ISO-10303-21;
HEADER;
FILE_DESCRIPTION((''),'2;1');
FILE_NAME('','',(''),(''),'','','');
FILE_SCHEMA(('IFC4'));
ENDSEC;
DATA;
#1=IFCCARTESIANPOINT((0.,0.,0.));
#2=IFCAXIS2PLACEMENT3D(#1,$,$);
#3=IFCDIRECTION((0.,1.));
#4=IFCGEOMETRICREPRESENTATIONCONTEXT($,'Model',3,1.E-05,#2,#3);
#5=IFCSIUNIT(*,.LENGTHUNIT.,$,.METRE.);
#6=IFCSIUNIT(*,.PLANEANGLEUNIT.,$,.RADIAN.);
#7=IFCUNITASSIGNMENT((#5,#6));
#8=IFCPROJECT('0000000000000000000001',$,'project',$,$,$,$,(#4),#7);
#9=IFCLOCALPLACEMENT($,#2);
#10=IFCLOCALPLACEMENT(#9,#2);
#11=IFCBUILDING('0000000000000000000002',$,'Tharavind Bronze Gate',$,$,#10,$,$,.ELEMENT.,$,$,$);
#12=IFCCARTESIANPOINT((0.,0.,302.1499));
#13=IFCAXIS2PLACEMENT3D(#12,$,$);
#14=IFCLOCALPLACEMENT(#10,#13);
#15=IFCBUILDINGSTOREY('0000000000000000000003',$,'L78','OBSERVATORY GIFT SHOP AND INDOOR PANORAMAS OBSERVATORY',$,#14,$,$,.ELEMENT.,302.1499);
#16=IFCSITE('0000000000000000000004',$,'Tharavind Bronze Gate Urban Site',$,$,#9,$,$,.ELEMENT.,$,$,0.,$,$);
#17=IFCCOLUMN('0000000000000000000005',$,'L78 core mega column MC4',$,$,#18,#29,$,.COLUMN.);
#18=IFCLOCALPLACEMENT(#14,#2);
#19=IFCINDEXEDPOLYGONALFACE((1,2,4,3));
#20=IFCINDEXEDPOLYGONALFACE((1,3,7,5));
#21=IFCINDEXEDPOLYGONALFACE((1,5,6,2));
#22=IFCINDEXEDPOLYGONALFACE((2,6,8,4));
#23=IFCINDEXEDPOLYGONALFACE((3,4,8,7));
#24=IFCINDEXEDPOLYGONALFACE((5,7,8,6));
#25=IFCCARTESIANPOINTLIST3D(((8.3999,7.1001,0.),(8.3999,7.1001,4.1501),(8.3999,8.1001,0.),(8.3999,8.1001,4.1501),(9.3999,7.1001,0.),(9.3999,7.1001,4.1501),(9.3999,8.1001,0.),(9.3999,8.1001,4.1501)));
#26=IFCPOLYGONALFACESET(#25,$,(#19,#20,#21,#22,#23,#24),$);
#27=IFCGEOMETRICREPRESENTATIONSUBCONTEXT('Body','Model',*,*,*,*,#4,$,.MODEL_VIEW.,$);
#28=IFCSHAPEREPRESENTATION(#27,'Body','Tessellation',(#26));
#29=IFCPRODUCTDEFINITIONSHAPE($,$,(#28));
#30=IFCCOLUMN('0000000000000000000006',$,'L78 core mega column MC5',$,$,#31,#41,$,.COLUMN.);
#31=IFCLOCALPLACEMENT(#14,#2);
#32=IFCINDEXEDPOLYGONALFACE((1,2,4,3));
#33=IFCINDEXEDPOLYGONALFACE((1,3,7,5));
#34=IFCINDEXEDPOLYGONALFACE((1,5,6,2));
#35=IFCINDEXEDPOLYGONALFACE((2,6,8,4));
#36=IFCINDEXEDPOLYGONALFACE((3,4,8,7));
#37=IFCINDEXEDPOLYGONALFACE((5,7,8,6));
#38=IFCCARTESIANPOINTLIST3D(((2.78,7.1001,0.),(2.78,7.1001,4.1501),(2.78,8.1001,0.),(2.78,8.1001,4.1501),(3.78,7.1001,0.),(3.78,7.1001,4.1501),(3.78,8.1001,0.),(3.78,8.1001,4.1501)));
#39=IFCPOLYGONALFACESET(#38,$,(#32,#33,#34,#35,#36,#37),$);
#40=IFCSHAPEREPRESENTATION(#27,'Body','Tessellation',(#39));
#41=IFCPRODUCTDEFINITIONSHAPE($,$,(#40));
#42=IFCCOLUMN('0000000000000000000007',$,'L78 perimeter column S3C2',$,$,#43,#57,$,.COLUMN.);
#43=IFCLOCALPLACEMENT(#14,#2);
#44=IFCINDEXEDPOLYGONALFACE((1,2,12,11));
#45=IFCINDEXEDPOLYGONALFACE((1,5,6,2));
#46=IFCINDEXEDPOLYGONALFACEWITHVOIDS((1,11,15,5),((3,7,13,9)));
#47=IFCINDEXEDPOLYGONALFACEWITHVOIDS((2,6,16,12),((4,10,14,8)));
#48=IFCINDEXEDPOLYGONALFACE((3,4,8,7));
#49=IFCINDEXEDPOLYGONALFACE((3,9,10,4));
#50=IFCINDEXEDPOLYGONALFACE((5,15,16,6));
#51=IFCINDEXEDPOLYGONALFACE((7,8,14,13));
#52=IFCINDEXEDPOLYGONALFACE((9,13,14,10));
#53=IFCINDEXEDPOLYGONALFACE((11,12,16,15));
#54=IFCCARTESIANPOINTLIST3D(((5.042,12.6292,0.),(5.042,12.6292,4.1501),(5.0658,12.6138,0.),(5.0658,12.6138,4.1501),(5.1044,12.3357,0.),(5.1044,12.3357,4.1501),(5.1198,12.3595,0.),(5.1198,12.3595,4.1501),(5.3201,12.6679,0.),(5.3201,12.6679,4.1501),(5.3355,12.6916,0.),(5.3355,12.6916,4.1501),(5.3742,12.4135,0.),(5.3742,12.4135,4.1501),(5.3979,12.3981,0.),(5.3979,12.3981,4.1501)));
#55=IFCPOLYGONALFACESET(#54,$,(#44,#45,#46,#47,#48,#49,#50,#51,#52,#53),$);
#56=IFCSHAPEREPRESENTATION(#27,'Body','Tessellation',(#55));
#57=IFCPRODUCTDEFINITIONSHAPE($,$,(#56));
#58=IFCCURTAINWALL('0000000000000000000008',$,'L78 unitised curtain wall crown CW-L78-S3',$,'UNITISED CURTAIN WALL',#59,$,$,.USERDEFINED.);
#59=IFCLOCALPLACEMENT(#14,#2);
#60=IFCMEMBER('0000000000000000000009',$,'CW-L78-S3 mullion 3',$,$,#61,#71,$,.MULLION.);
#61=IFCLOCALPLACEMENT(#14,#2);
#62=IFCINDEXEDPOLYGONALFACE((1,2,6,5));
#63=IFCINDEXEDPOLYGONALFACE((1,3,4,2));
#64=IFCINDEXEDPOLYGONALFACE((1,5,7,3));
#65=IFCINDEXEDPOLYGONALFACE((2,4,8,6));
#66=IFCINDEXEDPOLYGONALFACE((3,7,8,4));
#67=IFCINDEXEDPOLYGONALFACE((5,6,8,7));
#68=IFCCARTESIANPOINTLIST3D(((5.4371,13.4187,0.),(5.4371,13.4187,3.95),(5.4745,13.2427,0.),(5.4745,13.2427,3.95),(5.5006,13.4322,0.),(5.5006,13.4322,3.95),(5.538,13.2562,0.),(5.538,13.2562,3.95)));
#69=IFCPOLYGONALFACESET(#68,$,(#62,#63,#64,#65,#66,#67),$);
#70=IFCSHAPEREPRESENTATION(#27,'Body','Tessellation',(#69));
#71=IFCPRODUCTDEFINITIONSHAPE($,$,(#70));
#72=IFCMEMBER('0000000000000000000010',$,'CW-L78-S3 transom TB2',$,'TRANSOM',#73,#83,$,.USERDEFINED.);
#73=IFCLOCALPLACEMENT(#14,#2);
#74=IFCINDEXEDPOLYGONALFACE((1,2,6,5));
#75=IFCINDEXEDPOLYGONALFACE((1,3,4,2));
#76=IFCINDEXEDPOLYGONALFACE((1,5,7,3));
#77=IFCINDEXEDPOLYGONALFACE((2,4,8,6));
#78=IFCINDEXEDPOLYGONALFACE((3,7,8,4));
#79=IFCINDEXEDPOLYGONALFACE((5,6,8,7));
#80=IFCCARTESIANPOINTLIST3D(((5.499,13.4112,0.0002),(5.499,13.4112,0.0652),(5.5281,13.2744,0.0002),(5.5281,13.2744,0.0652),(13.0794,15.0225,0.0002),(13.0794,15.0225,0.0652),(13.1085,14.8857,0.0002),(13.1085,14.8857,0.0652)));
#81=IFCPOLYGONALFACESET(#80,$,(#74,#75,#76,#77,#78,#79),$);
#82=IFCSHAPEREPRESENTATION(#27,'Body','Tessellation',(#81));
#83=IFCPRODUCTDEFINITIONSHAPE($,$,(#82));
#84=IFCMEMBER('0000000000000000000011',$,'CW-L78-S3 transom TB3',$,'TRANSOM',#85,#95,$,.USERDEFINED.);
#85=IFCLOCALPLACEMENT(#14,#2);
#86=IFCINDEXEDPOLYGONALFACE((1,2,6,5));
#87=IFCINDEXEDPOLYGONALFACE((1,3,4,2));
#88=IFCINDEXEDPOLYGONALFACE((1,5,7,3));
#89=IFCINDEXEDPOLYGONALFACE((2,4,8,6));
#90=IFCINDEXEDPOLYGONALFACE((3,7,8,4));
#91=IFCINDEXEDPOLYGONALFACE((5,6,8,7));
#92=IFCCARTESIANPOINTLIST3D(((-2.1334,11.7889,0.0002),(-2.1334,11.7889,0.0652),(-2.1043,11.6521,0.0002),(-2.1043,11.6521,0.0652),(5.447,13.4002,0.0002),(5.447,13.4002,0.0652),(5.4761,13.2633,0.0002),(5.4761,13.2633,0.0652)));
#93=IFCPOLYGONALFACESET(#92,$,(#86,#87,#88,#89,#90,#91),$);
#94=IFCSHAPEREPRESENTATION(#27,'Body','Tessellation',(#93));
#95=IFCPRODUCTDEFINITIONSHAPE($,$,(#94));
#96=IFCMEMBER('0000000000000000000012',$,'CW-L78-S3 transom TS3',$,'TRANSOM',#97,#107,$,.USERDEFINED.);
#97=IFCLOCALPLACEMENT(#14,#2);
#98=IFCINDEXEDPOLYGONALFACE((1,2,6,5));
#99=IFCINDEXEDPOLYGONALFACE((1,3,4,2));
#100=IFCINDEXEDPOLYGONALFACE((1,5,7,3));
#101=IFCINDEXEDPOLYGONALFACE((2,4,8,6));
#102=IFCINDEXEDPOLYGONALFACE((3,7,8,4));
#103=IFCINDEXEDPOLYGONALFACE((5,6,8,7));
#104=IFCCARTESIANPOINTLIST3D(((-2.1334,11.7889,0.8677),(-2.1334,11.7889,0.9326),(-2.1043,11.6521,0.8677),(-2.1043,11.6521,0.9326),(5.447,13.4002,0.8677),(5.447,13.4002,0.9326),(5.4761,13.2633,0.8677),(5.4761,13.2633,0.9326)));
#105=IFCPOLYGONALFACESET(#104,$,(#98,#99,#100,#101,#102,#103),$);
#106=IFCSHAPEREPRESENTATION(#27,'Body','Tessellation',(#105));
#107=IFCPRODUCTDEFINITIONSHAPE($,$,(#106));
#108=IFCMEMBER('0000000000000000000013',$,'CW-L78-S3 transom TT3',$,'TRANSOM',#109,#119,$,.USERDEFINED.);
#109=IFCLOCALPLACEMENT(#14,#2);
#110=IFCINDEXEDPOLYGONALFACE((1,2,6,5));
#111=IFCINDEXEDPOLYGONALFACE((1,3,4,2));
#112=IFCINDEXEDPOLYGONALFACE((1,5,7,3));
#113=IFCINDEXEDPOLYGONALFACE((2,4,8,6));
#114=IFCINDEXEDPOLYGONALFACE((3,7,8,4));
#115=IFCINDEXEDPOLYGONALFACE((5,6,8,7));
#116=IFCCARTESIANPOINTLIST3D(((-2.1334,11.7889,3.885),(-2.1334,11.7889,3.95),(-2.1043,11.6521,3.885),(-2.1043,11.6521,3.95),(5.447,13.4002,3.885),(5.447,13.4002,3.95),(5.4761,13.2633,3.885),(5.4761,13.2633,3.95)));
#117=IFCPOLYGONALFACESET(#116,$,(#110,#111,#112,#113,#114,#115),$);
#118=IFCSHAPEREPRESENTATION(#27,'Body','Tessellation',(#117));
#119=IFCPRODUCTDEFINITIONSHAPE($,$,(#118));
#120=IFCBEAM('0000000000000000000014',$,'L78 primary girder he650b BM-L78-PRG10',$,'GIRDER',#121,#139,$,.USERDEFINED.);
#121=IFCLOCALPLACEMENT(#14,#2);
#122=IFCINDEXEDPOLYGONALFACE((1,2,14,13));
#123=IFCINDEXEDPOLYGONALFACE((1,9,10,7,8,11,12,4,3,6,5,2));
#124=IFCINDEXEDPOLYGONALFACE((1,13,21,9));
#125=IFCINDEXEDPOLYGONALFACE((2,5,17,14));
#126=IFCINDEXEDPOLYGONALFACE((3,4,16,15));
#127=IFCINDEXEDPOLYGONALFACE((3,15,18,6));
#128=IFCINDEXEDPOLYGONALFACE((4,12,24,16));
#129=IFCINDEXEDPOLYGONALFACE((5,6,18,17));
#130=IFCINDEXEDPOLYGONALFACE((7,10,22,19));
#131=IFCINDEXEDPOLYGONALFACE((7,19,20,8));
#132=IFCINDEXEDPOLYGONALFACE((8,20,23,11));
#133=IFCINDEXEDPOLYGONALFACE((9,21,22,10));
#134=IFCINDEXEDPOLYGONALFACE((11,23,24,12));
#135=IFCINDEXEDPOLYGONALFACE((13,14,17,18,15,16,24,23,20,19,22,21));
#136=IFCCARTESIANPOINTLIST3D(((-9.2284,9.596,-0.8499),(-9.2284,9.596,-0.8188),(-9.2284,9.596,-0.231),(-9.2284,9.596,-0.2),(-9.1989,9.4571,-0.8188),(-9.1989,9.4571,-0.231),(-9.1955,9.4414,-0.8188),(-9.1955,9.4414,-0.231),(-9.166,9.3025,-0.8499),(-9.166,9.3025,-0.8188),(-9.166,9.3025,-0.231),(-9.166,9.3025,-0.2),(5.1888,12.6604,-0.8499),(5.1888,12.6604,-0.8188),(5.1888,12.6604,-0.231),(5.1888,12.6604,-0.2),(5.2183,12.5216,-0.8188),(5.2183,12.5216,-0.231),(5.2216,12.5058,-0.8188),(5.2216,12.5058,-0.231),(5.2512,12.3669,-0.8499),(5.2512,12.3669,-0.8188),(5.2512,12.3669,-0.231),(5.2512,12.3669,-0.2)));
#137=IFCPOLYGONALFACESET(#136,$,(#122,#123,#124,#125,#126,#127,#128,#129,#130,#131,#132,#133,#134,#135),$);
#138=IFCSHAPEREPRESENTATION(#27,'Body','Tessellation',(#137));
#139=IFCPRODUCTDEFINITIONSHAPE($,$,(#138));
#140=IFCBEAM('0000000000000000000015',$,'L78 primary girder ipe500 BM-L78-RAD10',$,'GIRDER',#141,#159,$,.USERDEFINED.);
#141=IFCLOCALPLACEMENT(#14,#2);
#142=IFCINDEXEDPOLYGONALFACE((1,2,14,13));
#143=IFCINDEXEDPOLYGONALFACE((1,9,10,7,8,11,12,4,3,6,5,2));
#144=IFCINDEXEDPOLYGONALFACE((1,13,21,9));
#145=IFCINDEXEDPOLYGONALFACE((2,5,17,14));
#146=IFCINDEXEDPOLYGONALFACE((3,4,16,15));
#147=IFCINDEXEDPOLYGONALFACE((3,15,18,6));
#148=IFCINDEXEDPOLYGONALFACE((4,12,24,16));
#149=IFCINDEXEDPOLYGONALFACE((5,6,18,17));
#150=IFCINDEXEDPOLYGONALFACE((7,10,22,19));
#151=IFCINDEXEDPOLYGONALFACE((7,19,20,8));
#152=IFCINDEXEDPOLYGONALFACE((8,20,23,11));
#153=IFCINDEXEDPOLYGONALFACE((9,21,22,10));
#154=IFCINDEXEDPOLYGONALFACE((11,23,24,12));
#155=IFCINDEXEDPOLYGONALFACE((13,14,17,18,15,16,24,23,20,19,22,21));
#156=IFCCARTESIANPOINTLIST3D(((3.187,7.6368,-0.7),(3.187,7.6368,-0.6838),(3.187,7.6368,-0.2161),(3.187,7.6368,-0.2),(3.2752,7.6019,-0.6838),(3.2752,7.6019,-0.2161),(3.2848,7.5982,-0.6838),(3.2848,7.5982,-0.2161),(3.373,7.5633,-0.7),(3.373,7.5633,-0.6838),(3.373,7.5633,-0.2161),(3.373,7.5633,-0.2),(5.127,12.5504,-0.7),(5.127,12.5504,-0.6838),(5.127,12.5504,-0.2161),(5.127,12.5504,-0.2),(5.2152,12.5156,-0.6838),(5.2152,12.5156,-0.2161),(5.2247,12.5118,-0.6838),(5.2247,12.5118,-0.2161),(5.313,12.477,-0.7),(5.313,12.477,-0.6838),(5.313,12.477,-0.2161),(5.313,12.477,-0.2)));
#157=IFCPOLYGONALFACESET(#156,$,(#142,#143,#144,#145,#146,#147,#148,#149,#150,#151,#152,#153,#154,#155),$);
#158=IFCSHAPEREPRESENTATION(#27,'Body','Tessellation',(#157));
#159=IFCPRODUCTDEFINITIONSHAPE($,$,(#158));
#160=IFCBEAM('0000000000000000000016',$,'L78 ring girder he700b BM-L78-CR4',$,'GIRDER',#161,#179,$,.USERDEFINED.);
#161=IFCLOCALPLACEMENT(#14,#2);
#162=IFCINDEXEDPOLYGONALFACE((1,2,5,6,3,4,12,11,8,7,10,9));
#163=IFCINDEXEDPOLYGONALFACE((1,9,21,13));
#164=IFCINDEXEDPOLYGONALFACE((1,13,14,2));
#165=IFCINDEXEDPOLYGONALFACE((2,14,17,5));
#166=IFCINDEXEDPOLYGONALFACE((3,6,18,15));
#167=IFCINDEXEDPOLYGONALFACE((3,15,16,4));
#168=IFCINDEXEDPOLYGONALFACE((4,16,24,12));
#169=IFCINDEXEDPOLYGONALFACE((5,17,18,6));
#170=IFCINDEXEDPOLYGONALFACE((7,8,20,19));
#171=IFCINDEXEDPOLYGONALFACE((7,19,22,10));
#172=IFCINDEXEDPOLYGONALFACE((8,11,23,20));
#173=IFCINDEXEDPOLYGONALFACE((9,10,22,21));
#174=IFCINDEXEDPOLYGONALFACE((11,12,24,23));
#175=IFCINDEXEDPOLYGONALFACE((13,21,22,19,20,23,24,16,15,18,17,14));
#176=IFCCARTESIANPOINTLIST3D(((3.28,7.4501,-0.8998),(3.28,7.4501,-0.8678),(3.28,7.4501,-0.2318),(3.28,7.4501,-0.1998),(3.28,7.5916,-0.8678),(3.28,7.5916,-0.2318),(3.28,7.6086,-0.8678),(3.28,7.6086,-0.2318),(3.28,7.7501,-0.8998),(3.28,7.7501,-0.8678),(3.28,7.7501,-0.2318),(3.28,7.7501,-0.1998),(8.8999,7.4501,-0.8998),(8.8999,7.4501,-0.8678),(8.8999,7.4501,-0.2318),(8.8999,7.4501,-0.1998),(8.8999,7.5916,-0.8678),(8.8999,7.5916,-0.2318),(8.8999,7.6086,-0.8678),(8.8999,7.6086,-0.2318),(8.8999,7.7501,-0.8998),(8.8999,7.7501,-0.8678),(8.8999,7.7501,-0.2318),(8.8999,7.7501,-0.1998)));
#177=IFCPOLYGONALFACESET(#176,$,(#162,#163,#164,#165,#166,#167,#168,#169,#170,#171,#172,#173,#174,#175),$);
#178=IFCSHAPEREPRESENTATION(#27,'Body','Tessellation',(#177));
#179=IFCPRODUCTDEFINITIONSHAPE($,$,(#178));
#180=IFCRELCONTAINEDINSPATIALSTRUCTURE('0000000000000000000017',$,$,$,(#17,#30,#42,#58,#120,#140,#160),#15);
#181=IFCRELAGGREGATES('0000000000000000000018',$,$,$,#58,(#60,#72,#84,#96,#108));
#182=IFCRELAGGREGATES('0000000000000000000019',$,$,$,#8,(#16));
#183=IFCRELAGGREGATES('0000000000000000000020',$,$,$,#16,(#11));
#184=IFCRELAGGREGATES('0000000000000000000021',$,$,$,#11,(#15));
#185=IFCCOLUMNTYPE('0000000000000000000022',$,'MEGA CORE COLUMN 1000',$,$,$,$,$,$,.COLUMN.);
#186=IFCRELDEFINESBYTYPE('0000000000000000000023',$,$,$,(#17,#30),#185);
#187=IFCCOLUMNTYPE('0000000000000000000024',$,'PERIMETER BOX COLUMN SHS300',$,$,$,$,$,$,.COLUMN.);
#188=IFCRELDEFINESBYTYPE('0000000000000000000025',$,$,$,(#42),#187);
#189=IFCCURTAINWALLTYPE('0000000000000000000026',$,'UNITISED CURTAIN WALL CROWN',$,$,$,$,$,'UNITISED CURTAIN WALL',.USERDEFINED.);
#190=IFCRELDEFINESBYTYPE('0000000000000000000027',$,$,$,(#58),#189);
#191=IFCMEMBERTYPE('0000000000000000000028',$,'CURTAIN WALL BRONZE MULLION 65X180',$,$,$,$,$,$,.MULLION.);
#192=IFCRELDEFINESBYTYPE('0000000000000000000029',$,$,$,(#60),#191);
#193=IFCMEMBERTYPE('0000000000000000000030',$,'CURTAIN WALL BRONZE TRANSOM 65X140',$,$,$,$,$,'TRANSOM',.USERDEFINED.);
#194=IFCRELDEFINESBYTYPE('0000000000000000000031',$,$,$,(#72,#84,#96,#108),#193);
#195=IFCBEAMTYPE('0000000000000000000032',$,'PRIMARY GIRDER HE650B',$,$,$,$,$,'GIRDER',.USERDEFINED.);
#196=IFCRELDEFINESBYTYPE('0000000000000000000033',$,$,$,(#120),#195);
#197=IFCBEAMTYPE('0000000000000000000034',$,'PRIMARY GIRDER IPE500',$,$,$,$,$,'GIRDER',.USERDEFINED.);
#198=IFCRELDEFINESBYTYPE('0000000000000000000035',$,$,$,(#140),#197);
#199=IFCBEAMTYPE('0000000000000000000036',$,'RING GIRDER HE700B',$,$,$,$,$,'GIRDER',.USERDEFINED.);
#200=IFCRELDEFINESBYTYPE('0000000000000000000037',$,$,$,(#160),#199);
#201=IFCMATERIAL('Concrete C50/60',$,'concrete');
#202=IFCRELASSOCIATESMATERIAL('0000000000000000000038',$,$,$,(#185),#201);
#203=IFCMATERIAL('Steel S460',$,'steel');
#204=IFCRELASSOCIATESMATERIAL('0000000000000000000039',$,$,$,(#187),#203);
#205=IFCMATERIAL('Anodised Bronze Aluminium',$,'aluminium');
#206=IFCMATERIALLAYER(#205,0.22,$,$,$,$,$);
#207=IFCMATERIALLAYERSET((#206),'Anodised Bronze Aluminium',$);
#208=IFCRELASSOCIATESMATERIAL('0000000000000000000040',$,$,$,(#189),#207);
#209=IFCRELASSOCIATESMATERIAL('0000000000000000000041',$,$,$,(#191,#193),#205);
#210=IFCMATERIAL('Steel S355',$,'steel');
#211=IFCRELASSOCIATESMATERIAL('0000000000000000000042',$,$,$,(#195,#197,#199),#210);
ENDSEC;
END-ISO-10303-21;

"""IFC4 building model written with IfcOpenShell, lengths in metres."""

from ifc_helpers import new_model, si_unit, direction, frame, origin, origin_2d, place, context, subcontext, project, spatial, rectangle, hollow_rectangle, i_section, extrude, material, layer, layer_set, material_profile, profile_set, type_object, element, aggregate, save


model = new_model("IFC4")

# Units and contexts
model_context = context("Model", 3, precision=1e-05, world=origin(), true_north=direction((0.0, 1.0)))
body_context = subcontext(model_context, "Body", "Model", "MODEL_VIEW")
ifc_project = project(units=[si_unit("LENGTHUNIT", "METRE"), si_unit("PLANEANGLEUNIT", "RADIAN")], contexts=[model_context])

# Site, building, storey
site_placement = place(None, origin())
site = spatial("IfcSite", under=ifc_project, at=site_placement, Name="Tharavind Bronze Gate Urban Site", CompositionType="ELEMENT", RefElevation=0.0)
building_placement = place(site_placement, origin())
building = spatial("IfcBuilding", under=site, at=building_placement, Name="Tharavind Bronze Gate", CompositionType="ELEMENT")
storey_placement = place(building_placement, frame((0.0, 0.0, 302.1499)))
storey = spatial("IfcBuildingStorey", under=building, at=storey_placement, Name="L78", Description="OBSERVATORY GIFT SHOP AND INDOOR PANORAMAS OBSERVATORY", CompositionType="ELEMENT", Elevation=302.1499)

# Columns
ifc_material_1 = material(Name="Concrete C50/60", Category="concrete")
ifc_material_profile_1 = material_profile(ifc_material_1, rectangle(XDim=1.0, YDim=1.0, at=origin_2d()), Name="RCCOL1000")
ifc_profile_set_1 = profile_set([ifc_material_profile_1], Name="Concrete C50/60")
column_type_1 = type_object("IfcColumnType", Name="MEGA CORE COLUMN 1000", PredefinedType="COLUMN", material=ifc_profile_set_1)
for number, where, z_axis, x_axis, name in (
    (1, (8.8999, 7.6001, 0.0), (0.0, 0.0, 1.0), (1.0, 0.0, 0.0), "L78 core mega column MC4"),
    (2, (3.28, 7.6001, 0.0), (0.0, 0.0, 1.0), (1.0, 0.0, 0.0), "L78 core mega column MC5"),
):
    element("IfcColumn", number, at=place(storey_placement, frame(where, z_axis=z_axis, x_axis=x_axis)), inside=storey, type_object=column_type_1, Name=name, PredefinedType="COLUMN", context=body_context, shape_type="SweptSolid", body=[
        extrude(rectangle(XDim=1.0, YDim=1.0, at=origin_2d()), origin(), (0.0, 0.0, 1.0), 4.1501),
    ])
ifc_material_2 = material(Name="Steel S460", Category="steel")
ifc_material_profile_2 = material_profile(ifc_material_2, hollow_rectangle(XDim=0.3, YDim=0.3, WallThickness=0.02, at=origin_2d()), Name="SHS300X20")
ifc_profile_set_2 = profile_set([ifc_material_profile_2], Name="Steel S460")
column_type_2 = type_object("IfcColumnType", Name="PERIMETER BOX COLUMN SHS300", PredefinedType="COLUMN", material=ifc_profile_set_2)
column_placement = place(storey_placement, frame((5.22, 12.5137, 0.0), z_axis=(0.0, 0.0, 1.0), x_axis=(0.978147, 0.207913, 0.0)))
element("IfcColumn", 3, at=column_placement, inside=storey, type_object=column_type_2, Name="L78 perimeter column S3C2", PredefinedType="COLUMN", context=body_context, shape_type="SweptSolid", body=[
    extrude(hollow_rectangle(XDim=0.3, YDim=0.3, WallThickness=0.02, at=origin_2d()), origin(), (0.0, 0.0, 1.0), 4.1501),
])

# Curtain wall, members
ifc_material_3 = material(Name="Anodised Bronze Aluminium", Category="aluminium")
ifc_layer_1 = layer(ifc_material_3, 0.22)
ifc_layer_set_1 = layer_set([ifc_layer_1], Name="Anodised Bronze Aluminium")
curtain_wall_type = type_object("IfcCurtainWallType", Name="UNITISED CURTAIN WALL CROWN", ElementType="UNITISED CURTAIN WALL", PredefinedType="USERDEFINED", material=ifc_layer_set_1)
curtain_wall_placement = place(storey_placement, origin())
curtain_wall = element("IfcCurtainWall", 4, at=curtain_wall_placement, inside=storey, type_object=curtain_wall_type, Name="L78 unitised curtain wall crown CW-L78-S3", ObjectType="UNITISED CURTAIN WALL", PredefinedType="USERDEFINED")
member_type_1 = type_object("IfcMemberType", Name="CURTAIN WALL BRONZE MULLION 65X180", PredefinedType="MULLION", material=ifc_material_3)
member_1_placement = place(storey_placement, frame((5.4875, 13.3374, 0.0), z_axis=(0.0, 0.0, 1.0), x_axis=(-0.978147, -0.207913, 0.0)))
member_1 = element("IfcMember", 5, at=member_1_placement, type_object=member_type_1, Name="CW-L78-S3 mullion 3", PredefinedType="MULLION", context=body_context, shape_type="SweptSolid", body=[
    extrude(rectangle(XDim=0.0649, YDim=0.1799, at=origin_2d()), origin(), (0.0, 0.0, 1.0), 3.95),
])
member_type_2 = type_object("IfcMemberType", Name="CURTAIN WALL BRONZE TRANSOM 65X140", ElementType="TRANSOM", PredefinedType="USERDEFINED", material=ifc_material_3)
member_2_placement = place(storey_placement, frame((9.3037, 14.1484, 0.0002), z_axis=(0.0, 0.0, 1.0), x_axis=(-0.978147, -0.207913, 0.0)))
member_2 = element("IfcMember", 6, at=member_2_placement, type_object=member_type_2, Name="CW-L78-S3 transom TB2", ObjectType="TRANSOM", PredefinedType="USERDEFINED", context=body_context, shape_type="SweptSolid", body=[
    extrude(rectangle(XDim=7.7498, YDim=0.1399, at=origin_2d()), origin(), (0.0, 0.0, 1.0), 0.0649),
])
member_3_placement = place(storey_placement, frame((1.6714, 12.5261, 0.0002), z_axis=(0.0, 0.0, 1.0), x_axis=(-0.978147, -0.207913, 0.0)))
member_3 = element("IfcMember", 7, at=member_3_placement, type_object=member_type_2, Name="CW-L78-S3 transom TB3", ObjectType="TRANSOM", PredefinedType="USERDEFINED", context=body_context, shape_type="SweptSolid", body=[
    extrude(rectangle(XDim=7.7498, YDim=0.1399, at=origin_2d()), origin(), (0.0, 0.0, 1.0), 0.0649),
])
member_4_placement = place(storey_placement, frame((1.6714, 12.5261, 0.8677), z_axis=(0.0, 0.0, 1.0), x_axis=(-0.978147, -0.207913, 0.0)))
member_4 = element("IfcMember", 8, at=member_4_placement, type_object=member_type_2, Name="CW-L78-S3 transom TS3", ObjectType="TRANSOM", PredefinedType="USERDEFINED", context=body_context, shape_type="SweptSolid", body=[
    extrude(rectangle(XDim=7.7498, YDim=0.1399, at=origin_2d()), origin(), (0.0, 0.0, 1.0), 0.0649),
])
member_5_placement = place(storey_placement, frame((1.6714, 12.5261, 3.885), z_axis=(0.0, 0.0, 1.0), x_axis=(-0.978147, -0.207913, 0.0)))
member_5 = element("IfcMember", 9, at=member_5_placement, type_object=member_type_2, Name="CW-L78-S3 transom TT3", ObjectType="TRANSOM", PredefinedType="USERDEFINED", context=body_context, shape_type="SweptSolid", body=[
    extrude(rectangle(XDim=7.7498, YDim=0.1399, at=origin_2d()), origin(), (0.0, 0.0, 1.0), 0.0649),
])

# Beams
ifc_material_4 = material(Name="Steel S355", Category="steel")
ifc_material_profile_3 = material_profile(ifc_material_4, i_section(OverallWidth=0.3, OverallDepth=0.6499, WebThickness=0.0161, FlangeThickness=0.031, at=origin_2d()), Name="HE650B")
ifc_profile_set_3 = profile_set([ifc_material_profile_3], Name="Steel S355")
beam_type_1 = type_object("IfcBeamType", Name="PRIMARY GIRDER HE650B", ElementType="GIRDER", PredefinedType="USERDEFINED", material=ifc_profile_set_3)
beam_1_placement = place(storey_placement, frame((5.22, 12.5137, -0.5249), z_axis=(-0.978148, -0.20791, 0.0), x_axis=(0.20791, -0.978148, 0.0)))
element("IfcBeam", 10, at=beam_1_placement, inside=storey, type_object=beam_type_1, Name="L78 primary girder he650b BM-L78-PRG10", ObjectType="GIRDER", PredefinedType="USERDEFINED", context=body_context, shape_type="SweptSolid", body=[
    extrude(i_section(OverallWidth=0.3, OverallDepth=0.6499, WebThickness=0.0161, FlangeThickness=0.031, at=origin_2d()), origin(), (0.0, 0.0, 1.0), 14.7393),
])
ifc_material_profile_4 = material_profile(ifc_material_4, i_section(OverallWidth=0.2, OverallDepth=0.5, WebThickness=0.0103, FlangeThickness=0.0161, at=origin_2d()), Name="IPE500")
ifc_profile_set_4 = profile_set([ifc_material_profile_4], Name="Steel S355")
beam_type_2 = type_object("IfcBeamType", Name="PRIMARY GIRDER IPE500", ElementType="GIRDER", PredefinedType="USERDEFINED", material=ifc_profile_set_4)
beam_2_placement = place(storey_placement, frame((5.22, 12.5137, -0.45), z_axis=(-0.367228, -0.930131, 0.0), x_axis=(0.930131, -0.367228, 0.0)))
element("IfcBeam", 11, at=beam_2_placement, inside=storey, type_object=beam_type_2, Name="L78 primary girder ipe500 BM-L78-RAD10", ObjectType="GIRDER", PredefinedType="USERDEFINED", context=body_context, shape_type="SweptSolid", body=[
    extrude(i_section(OverallWidth=0.2, OverallDepth=0.5, WebThickness=0.0103, FlangeThickness=0.0161, at=origin_2d()), origin(), (0.0, 0.0, 1.0), 5.2827),
])
ifc_material_profile_5 = material_profile(ifc_material_4, i_section(OverallWidth=0.3, OverallDepth=0.7, WebThickness=0.0171, FlangeThickness=0.032, at=origin_2d()), Name="HE700B")
ifc_profile_set_5 = profile_set([ifc_material_profile_5], Name="Steel S355")
beam_type_3 = type_object("IfcBeamType", Name="RING GIRDER HE700B", ElementType="GIRDER", PredefinedType="USERDEFINED", material=ifc_profile_set_5)
beam_3_placement = place(storey_placement, frame((8.8999, 7.6001, -0.5498), z_axis=(-1.0, 0.0, 0.0), x_axis=(0.0, -1.0, 0.0)))
element("IfcBeam", 12, at=beam_3_placement, inside=storey, type_object=beam_type_3, Name="L78 ring girder he700b BM-L78-CR4", ObjectType="GIRDER", PredefinedType="USERDEFINED", context=body_context, shape_type="SweptSolid", body=[
    extrude(i_section(OverallWidth=0.3, OverallDepth=0.7, WebThickness=0.0171, FlangeThickness=0.032, at=origin_2d()), origin(), (0.0, 0.0, 1.0), 5.6199),
])

aggregate(curtain_wall, [member_1, member_2, member_3, member_4, member_5])

save(model, "model.ifc")
